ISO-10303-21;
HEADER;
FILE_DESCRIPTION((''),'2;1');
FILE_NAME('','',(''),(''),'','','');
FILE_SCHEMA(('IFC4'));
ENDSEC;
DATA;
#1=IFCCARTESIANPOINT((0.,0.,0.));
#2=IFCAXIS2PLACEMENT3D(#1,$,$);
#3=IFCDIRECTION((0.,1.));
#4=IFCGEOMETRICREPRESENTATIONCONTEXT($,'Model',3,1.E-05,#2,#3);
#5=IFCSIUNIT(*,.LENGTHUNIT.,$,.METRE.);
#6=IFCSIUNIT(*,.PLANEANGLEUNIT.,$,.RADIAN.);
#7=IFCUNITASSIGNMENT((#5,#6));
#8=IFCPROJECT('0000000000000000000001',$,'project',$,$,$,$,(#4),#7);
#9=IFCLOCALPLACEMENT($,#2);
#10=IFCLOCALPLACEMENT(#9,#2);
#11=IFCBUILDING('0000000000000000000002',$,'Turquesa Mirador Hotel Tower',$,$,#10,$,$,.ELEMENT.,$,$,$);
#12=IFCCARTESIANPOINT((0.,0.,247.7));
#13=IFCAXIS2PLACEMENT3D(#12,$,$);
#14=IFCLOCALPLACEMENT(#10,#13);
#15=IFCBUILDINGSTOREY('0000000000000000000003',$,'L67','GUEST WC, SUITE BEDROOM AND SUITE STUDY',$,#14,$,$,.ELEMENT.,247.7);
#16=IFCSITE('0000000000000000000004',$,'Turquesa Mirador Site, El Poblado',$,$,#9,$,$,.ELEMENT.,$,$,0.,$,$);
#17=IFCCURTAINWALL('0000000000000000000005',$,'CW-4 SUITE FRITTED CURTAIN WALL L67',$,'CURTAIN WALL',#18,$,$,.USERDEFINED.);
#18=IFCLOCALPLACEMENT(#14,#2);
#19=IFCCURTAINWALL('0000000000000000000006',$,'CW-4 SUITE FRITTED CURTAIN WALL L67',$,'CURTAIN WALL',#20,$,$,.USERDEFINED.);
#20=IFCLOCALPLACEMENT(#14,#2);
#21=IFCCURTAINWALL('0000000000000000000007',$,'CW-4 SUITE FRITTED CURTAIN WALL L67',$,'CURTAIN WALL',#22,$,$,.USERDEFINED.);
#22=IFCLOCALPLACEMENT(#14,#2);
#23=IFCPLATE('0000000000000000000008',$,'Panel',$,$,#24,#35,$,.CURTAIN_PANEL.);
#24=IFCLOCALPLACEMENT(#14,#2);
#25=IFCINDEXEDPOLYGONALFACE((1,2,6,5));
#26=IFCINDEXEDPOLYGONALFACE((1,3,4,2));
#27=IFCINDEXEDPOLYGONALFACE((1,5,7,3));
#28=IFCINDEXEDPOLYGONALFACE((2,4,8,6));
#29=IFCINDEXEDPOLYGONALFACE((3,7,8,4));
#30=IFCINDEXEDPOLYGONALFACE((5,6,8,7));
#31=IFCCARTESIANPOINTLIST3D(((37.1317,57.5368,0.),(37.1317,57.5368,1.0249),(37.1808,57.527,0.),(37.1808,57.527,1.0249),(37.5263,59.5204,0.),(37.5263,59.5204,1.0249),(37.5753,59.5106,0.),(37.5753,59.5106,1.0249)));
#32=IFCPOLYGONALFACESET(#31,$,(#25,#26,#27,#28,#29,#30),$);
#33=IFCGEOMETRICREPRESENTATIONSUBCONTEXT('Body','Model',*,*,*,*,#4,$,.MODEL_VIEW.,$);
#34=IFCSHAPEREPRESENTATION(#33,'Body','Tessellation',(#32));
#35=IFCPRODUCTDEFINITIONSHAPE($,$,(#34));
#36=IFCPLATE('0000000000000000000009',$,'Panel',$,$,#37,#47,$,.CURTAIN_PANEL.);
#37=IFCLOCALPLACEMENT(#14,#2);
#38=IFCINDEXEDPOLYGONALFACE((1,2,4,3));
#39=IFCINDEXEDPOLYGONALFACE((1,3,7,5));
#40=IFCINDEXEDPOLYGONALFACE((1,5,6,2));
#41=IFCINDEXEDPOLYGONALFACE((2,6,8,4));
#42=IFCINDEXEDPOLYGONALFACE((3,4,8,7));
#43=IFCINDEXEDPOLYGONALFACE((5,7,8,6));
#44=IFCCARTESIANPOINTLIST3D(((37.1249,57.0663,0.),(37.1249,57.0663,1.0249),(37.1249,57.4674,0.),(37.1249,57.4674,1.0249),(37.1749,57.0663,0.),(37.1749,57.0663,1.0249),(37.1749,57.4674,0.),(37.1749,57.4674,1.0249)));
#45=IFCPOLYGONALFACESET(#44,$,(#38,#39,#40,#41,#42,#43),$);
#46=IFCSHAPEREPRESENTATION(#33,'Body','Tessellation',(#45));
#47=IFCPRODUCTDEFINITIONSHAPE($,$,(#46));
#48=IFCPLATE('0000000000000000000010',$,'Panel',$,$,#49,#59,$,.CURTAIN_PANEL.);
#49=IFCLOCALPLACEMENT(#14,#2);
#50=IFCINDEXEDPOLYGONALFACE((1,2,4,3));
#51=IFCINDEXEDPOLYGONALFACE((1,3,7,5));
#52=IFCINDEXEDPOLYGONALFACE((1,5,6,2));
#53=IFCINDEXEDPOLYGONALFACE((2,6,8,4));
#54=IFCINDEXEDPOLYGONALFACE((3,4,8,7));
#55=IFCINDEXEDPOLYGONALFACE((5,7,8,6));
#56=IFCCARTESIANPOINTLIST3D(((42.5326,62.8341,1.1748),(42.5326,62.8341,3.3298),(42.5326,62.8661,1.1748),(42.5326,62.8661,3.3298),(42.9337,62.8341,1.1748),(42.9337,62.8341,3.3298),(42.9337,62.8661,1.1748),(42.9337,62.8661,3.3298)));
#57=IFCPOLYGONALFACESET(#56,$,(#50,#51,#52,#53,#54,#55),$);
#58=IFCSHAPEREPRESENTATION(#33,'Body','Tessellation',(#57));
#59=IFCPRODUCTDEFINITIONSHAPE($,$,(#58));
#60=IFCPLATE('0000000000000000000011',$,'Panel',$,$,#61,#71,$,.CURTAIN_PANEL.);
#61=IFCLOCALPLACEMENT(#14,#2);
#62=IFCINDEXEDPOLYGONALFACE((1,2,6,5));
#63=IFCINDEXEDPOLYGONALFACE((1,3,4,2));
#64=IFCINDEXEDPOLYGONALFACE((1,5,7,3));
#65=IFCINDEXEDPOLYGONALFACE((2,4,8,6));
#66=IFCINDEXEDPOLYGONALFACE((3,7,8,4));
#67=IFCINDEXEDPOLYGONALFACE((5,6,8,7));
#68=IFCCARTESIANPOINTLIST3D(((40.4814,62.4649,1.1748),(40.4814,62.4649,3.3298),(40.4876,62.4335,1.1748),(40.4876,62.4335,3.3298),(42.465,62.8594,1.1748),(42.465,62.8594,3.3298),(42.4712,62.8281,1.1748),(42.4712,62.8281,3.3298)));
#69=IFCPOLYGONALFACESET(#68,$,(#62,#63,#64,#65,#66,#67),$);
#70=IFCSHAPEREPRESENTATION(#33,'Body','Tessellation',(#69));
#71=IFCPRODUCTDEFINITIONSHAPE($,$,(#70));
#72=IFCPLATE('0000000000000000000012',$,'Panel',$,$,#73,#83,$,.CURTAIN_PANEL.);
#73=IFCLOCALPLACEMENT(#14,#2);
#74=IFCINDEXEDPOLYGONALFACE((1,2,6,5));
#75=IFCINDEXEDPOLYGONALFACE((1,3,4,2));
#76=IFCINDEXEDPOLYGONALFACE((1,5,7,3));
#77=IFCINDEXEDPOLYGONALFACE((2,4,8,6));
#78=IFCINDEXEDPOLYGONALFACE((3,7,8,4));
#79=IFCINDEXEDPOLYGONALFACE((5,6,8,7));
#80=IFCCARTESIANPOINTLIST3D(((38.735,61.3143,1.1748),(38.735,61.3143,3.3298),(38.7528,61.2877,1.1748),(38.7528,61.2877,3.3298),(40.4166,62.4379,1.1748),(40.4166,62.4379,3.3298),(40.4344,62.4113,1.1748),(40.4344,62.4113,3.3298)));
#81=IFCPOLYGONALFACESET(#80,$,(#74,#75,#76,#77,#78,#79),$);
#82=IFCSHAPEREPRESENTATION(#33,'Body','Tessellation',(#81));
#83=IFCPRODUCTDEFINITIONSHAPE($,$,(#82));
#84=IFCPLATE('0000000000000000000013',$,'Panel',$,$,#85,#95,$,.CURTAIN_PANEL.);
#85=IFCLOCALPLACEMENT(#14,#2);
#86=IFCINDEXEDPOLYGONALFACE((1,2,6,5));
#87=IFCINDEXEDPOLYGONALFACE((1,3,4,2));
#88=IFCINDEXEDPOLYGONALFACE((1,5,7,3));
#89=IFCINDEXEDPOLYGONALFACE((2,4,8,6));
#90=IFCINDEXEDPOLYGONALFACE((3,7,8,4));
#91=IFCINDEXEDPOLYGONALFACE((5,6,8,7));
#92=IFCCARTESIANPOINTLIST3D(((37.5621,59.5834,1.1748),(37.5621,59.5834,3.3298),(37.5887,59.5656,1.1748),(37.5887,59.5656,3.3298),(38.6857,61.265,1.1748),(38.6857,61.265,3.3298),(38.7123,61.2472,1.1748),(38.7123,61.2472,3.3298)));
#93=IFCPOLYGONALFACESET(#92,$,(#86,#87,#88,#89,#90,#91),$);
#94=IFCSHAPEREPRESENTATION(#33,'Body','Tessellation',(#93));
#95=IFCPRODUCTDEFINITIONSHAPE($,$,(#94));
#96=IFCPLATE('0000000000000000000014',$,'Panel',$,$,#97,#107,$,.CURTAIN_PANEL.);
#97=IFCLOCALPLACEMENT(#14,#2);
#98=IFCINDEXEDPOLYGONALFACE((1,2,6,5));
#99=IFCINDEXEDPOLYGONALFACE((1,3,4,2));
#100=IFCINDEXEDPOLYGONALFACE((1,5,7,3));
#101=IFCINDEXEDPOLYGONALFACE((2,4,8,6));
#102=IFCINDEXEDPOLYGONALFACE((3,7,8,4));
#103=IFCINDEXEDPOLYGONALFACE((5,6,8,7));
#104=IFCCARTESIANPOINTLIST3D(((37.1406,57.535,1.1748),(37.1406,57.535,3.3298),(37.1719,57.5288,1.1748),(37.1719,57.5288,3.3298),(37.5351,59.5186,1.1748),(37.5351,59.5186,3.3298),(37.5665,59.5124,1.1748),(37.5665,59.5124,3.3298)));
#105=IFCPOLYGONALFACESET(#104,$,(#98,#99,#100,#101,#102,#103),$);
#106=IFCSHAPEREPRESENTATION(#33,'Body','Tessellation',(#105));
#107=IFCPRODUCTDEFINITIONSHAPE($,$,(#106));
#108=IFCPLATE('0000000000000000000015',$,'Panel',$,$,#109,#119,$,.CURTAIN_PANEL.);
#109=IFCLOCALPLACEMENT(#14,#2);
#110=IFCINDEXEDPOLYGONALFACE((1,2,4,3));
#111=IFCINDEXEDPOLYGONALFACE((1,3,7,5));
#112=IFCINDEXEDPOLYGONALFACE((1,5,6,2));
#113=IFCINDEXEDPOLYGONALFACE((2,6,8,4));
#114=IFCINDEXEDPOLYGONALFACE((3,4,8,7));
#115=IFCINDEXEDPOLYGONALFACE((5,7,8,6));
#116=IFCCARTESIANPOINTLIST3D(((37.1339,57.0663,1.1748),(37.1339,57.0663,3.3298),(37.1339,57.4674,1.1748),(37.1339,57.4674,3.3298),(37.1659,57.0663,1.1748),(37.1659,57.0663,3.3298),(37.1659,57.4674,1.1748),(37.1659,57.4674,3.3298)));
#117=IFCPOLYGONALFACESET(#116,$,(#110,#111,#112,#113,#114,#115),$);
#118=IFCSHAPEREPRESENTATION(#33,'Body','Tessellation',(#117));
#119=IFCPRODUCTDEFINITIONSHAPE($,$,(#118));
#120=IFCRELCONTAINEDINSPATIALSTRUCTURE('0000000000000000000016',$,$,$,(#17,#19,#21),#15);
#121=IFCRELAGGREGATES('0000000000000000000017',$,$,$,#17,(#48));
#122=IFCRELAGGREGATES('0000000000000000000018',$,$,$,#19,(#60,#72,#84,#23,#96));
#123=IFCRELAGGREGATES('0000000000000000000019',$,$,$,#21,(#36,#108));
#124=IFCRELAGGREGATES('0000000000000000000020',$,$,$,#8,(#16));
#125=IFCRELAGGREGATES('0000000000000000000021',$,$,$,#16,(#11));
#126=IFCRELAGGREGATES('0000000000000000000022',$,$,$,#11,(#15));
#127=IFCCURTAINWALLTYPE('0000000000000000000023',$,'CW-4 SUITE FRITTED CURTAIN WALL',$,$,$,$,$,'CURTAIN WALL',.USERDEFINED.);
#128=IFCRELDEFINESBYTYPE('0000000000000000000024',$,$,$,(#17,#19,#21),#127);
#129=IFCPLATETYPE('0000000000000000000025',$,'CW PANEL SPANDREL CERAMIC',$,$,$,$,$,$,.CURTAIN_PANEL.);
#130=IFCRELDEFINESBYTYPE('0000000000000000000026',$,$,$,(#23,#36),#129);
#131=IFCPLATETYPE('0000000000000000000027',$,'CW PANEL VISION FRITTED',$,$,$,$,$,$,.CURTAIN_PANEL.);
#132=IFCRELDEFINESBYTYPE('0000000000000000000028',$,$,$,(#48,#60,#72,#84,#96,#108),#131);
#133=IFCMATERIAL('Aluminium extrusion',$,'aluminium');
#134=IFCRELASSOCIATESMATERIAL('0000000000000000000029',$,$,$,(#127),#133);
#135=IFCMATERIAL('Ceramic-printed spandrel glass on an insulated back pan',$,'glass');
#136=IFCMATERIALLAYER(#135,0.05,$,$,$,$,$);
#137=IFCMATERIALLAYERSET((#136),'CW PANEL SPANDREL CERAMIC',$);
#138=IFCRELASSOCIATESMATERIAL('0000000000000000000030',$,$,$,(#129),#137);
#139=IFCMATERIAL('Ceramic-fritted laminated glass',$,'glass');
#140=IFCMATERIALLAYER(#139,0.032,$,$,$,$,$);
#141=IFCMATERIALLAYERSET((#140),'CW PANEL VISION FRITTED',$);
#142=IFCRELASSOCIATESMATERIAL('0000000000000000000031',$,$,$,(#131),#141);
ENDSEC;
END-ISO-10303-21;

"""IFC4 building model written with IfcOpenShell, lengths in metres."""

from ifc_helpers import new_model, si_unit, direction, frame, origin, origin_2d, place, context, subcontext, project, spatial, rectangle, extrude, material, layer, layer_set, type_object, element, aggregate, save


model = new_model("IFC4")

# Units and contexts
model_context = context("Model", 3, precision=1e-05, world=origin(), true_north=direction((0.0, 1.0)))
body_context = subcontext(model_context, "Body", "Model", "MODEL_VIEW")
ifc_project = project(units=[si_unit("LENGTHUNIT", "METRE"), si_unit("PLANEANGLEUNIT", "RADIAN")], contexts=[model_context])

# Site, building, storey
site_placement = place(None, origin())
site = spatial("IfcSite", under=ifc_project, at=site_placement, Name="Turquesa Mirador Site, El Poblado", CompositionType="ELEMENT", RefElevation=0.0)
building_placement = place(site_placement, origin())
building = spatial("IfcBuilding", under=site, at=building_placement, Name="Turquesa Mirador Hotel Tower", CompositionType="ELEMENT")
storey_placement = place(building_placement, frame((0.0, 0.0, 247.7)))
storey = spatial("IfcBuildingStorey", under=building, at=storey_placement, Name="L67", Description="GUEST WC, SUITE BEDROOM AND SUITE STUDY", CompositionType="ELEMENT", Elevation=247.7)

# Curtain walls
ifc_material_1 = material(Name="Aluminium extrusion", Category="aluminium")
curtain_wall_type = type_object("IfcCurtainWallType", Name="CW-4 SUITE FRITTED CURTAIN WALL", ElementType="CURTAIN WALL", PredefinedType="USERDEFINED", material=ifc_material_1)
curtain_wall_1_placement = place(storey_placement, origin())
curtain_wall_1 = element("IfcCurtainWall", 1, at=curtain_wall_1_placement, inside=storey, type_object=curtain_wall_type, Name="CW-4 SUITE FRITTED CURTAIN WALL L67", ObjectType="CURTAIN WALL", PredefinedType="USERDEFINED")
curtain_wall_2_placement = place(storey_placement, origin())
curtain_wall_2 = element("IfcCurtainWall", 2, at=curtain_wall_2_placement, inside=storey, type_object=curtain_wall_type, Name="CW-4 SUITE FRITTED CURTAIN WALL L67", ObjectType="CURTAIN WALL", PredefinedType="USERDEFINED")
curtain_wall_3_placement = place(storey_placement, origin())
curtain_wall_3 = element("IfcCurtainWall", 3, at=curtain_wall_3_placement, inside=storey, type_object=curtain_wall_type, Name="CW-4 SUITE FRITTED CURTAIN WALL L67", ObjectType="CURTAIN WALL", PredefinedType="USERDEFINED")

# Plates
ifc_material_2 = material(Name="Ceramic-printed spandrel glass on an insulated back pan", Category="glass")
ifc_layer_1 = layer(ifc_material_2, 0.05)
ifc_layer_set_1 = layer_set([ifc_layer_1], Name="CW PANEL SPANDREL CERAMIC")
plate_type_1 = type_object("IfcPlateType", Name="CW PANEL SPANDREL CERAMIC", PredefinedType="CURTAIN_PANEL", material=ifc_layer_set_1)
plate_1_placement = place(storey_placement, frame((37.3535, 58.5237, 0.0), z_axis=(0.0, 0.0, 1.0), x_axis=(-0.195091, -0.980785, 0.0)))
plate_1 = element("IfcPlate", 4, at=plate_1_placement, type_object=plate_type_1, Name="Panel", PredefinedType="CURTAIN_PANEL", context=body_context, shape_type="SweptSolid", body=[
    extrude(rectangle(XDim=2.0225, YDim=0.05, at=origin_2d()), origin(), (0.0, 0.0, 1.0), 1.0249),
])
plate_2_placement = place(storey_placement, frame((37.1499, 57.2668, 0.0), z_axis=(0.0, 0.0, 1.0), x_axis=(0.0, -1.0, 0.0)))
plate_2 = element("IfcPlate", 5, at=plate_2_placement, type_object=plate_type_1, Name="Panel", PredefinedType="CURTAIN_PANEL", context=body_context, shape_type="SweptSolid", body=[
    extrude(rectangle(XDim=0.4011, YDim=0.05, at=origin_2d()), origin(), (0.0, 0.0, 1.0), 1.0249),
])
ifc_material_3 = material(Name="Ceramic-fritted laminated glass", Category="glass")
ifc_layer_2 = layer(ifc_material_3, 0.032)
ifc_layer_set_2 = layer_set([ifc_layer_2], Name="CW PANEL VISION FRITTED")
plate_type_2 = type_object("IfcPlateType", Name="CW PANEL VISION FRITTED", PredefinedType="CURTAIN_PANEL", material=ifc_layer_set_2)
plate_3_placement = place(storey_placement, frame((42.7332, 62.8501, 1.1748), z_axis=(0.0, 0.0, 1.0), x_axis=(-1.0, 0.0, 0.0)))
plate_3 = element("IfcPlate", 6, at=plate_3_placement, type_object=plate_type_2, Name="Panel", PredefinedType="CURTAIN_PANEL", context=body_context, shape_type="SweptSolid", body=[
    extrude(rectangle(XDim=0.4011, YDim=0.032, at=origin_2d()), origin(), (0.0, 0.0, 1.0), 2.155),
])
aggregate(curtain_wall_1, [plate_3])
plate_4_placement = place(storey_placement, frame((41.4763, 62.6465, 1.1748), z_axis=(0.0, 0.0, 1.0), x_axis=(-0.980785, -0.195091, 0.0)))
plate_4 = element("IfcPlate", 7, at=plate_4_placement, type_object=plate_type_2, Name="Panel", PredefinedType="CURTAIN_PANEL", context=body_context, shape_type="SweptSolid", body=[
    extrude(rectangle(XDim=2.0225, YDim=0.032, at=origin_2d()), origin(), (0.0, 0.0, 1.0), 2.155),
])
plate_5_placement = place(storey_placement, frame((39.5847, 61.8628, 1.1748), z_axis=(0.0, 0.0, 1.0), x_axis=(-0.83147, -0.55557, 0.0)))
plate_5 = element("IfcPlate", 8, at=plate_5_placement, type_object=plate_type_2, Name="Panel", PredefinedType="CURTAIN_PANEL", context=body_context, shape_type="SweptSolid", body=[
    extrude(rectangle(XDim=2.0225, YDim=0.032, at=origin_2d()), origin(), (0.0, 0.0, 1.0), 2.155),
])
plate_6_placement = place(storey_placement, frame((38.1372, 60.4153, 1.1748), z_axis=(0.0, 0.0, 1.0), x_axis=(-0.55557, -0.83147, 0.0)))
plate_6 = element("IfcPlate", 9, at=plate_6_placement, type_object=plate_type_2, Name="Panel", PredefinedType="CURTAIN_PANEL", context=body_context, shape_type="SweptSolid", body=[
    extrude(rectangle(XDim=2.0225, YDim=0.032, at=origin_2d()), origin(), (0.0, 0.0, 1.0), 2.155),
])
plate_7_placement = place(storey_placement, frame((37.3535, 58.5237, 1.1748), z_axis=(0.0, 0.0, 1.0), x_axis=(-0.195091, -0.980785, 0.0)))
plate_7 = element("IfcPlate", 10, at=plate_7_placement, type_object=plate_type_2, Name="Panel", PredefinedType="CURTAIN_PANEL", context=body_context, shape_type="SweptSolid", body=[
    extrude(rectangle(XDim=2.0225, YDim=0.032, at=origin_2d()), origin(), (0.0, 0.0, 1.0), 2.155),
])
aggregate(curtain_wall_2, [plate_4, plate_5, plate_6, plate_1, plate_7])
plate_8_placement = place(storey_placement, frame((37.1499, 57.2668, 1.1748), z_axis=(0.0, 0.0, 1.0), x_axis=(0.0, -1.0, 0.0)))
plate_8 = element("IfcPlate", 11, at=plate_8_placement, type_object=plate_type_2, Name="Panel", PredefinedType="CURTAIN_PANEL", context=body_context, shape_type="SweptSolid", body=[
    extrude(rectangle(XDim=0.4011, YDim=0.032, at=origin_2d()), origin(), (0.0, 0.0, 1.0), 2.155),
])
aggregate(curtain_wall_3, [plate_2, plate_8])

save(model, "model.ifc")
